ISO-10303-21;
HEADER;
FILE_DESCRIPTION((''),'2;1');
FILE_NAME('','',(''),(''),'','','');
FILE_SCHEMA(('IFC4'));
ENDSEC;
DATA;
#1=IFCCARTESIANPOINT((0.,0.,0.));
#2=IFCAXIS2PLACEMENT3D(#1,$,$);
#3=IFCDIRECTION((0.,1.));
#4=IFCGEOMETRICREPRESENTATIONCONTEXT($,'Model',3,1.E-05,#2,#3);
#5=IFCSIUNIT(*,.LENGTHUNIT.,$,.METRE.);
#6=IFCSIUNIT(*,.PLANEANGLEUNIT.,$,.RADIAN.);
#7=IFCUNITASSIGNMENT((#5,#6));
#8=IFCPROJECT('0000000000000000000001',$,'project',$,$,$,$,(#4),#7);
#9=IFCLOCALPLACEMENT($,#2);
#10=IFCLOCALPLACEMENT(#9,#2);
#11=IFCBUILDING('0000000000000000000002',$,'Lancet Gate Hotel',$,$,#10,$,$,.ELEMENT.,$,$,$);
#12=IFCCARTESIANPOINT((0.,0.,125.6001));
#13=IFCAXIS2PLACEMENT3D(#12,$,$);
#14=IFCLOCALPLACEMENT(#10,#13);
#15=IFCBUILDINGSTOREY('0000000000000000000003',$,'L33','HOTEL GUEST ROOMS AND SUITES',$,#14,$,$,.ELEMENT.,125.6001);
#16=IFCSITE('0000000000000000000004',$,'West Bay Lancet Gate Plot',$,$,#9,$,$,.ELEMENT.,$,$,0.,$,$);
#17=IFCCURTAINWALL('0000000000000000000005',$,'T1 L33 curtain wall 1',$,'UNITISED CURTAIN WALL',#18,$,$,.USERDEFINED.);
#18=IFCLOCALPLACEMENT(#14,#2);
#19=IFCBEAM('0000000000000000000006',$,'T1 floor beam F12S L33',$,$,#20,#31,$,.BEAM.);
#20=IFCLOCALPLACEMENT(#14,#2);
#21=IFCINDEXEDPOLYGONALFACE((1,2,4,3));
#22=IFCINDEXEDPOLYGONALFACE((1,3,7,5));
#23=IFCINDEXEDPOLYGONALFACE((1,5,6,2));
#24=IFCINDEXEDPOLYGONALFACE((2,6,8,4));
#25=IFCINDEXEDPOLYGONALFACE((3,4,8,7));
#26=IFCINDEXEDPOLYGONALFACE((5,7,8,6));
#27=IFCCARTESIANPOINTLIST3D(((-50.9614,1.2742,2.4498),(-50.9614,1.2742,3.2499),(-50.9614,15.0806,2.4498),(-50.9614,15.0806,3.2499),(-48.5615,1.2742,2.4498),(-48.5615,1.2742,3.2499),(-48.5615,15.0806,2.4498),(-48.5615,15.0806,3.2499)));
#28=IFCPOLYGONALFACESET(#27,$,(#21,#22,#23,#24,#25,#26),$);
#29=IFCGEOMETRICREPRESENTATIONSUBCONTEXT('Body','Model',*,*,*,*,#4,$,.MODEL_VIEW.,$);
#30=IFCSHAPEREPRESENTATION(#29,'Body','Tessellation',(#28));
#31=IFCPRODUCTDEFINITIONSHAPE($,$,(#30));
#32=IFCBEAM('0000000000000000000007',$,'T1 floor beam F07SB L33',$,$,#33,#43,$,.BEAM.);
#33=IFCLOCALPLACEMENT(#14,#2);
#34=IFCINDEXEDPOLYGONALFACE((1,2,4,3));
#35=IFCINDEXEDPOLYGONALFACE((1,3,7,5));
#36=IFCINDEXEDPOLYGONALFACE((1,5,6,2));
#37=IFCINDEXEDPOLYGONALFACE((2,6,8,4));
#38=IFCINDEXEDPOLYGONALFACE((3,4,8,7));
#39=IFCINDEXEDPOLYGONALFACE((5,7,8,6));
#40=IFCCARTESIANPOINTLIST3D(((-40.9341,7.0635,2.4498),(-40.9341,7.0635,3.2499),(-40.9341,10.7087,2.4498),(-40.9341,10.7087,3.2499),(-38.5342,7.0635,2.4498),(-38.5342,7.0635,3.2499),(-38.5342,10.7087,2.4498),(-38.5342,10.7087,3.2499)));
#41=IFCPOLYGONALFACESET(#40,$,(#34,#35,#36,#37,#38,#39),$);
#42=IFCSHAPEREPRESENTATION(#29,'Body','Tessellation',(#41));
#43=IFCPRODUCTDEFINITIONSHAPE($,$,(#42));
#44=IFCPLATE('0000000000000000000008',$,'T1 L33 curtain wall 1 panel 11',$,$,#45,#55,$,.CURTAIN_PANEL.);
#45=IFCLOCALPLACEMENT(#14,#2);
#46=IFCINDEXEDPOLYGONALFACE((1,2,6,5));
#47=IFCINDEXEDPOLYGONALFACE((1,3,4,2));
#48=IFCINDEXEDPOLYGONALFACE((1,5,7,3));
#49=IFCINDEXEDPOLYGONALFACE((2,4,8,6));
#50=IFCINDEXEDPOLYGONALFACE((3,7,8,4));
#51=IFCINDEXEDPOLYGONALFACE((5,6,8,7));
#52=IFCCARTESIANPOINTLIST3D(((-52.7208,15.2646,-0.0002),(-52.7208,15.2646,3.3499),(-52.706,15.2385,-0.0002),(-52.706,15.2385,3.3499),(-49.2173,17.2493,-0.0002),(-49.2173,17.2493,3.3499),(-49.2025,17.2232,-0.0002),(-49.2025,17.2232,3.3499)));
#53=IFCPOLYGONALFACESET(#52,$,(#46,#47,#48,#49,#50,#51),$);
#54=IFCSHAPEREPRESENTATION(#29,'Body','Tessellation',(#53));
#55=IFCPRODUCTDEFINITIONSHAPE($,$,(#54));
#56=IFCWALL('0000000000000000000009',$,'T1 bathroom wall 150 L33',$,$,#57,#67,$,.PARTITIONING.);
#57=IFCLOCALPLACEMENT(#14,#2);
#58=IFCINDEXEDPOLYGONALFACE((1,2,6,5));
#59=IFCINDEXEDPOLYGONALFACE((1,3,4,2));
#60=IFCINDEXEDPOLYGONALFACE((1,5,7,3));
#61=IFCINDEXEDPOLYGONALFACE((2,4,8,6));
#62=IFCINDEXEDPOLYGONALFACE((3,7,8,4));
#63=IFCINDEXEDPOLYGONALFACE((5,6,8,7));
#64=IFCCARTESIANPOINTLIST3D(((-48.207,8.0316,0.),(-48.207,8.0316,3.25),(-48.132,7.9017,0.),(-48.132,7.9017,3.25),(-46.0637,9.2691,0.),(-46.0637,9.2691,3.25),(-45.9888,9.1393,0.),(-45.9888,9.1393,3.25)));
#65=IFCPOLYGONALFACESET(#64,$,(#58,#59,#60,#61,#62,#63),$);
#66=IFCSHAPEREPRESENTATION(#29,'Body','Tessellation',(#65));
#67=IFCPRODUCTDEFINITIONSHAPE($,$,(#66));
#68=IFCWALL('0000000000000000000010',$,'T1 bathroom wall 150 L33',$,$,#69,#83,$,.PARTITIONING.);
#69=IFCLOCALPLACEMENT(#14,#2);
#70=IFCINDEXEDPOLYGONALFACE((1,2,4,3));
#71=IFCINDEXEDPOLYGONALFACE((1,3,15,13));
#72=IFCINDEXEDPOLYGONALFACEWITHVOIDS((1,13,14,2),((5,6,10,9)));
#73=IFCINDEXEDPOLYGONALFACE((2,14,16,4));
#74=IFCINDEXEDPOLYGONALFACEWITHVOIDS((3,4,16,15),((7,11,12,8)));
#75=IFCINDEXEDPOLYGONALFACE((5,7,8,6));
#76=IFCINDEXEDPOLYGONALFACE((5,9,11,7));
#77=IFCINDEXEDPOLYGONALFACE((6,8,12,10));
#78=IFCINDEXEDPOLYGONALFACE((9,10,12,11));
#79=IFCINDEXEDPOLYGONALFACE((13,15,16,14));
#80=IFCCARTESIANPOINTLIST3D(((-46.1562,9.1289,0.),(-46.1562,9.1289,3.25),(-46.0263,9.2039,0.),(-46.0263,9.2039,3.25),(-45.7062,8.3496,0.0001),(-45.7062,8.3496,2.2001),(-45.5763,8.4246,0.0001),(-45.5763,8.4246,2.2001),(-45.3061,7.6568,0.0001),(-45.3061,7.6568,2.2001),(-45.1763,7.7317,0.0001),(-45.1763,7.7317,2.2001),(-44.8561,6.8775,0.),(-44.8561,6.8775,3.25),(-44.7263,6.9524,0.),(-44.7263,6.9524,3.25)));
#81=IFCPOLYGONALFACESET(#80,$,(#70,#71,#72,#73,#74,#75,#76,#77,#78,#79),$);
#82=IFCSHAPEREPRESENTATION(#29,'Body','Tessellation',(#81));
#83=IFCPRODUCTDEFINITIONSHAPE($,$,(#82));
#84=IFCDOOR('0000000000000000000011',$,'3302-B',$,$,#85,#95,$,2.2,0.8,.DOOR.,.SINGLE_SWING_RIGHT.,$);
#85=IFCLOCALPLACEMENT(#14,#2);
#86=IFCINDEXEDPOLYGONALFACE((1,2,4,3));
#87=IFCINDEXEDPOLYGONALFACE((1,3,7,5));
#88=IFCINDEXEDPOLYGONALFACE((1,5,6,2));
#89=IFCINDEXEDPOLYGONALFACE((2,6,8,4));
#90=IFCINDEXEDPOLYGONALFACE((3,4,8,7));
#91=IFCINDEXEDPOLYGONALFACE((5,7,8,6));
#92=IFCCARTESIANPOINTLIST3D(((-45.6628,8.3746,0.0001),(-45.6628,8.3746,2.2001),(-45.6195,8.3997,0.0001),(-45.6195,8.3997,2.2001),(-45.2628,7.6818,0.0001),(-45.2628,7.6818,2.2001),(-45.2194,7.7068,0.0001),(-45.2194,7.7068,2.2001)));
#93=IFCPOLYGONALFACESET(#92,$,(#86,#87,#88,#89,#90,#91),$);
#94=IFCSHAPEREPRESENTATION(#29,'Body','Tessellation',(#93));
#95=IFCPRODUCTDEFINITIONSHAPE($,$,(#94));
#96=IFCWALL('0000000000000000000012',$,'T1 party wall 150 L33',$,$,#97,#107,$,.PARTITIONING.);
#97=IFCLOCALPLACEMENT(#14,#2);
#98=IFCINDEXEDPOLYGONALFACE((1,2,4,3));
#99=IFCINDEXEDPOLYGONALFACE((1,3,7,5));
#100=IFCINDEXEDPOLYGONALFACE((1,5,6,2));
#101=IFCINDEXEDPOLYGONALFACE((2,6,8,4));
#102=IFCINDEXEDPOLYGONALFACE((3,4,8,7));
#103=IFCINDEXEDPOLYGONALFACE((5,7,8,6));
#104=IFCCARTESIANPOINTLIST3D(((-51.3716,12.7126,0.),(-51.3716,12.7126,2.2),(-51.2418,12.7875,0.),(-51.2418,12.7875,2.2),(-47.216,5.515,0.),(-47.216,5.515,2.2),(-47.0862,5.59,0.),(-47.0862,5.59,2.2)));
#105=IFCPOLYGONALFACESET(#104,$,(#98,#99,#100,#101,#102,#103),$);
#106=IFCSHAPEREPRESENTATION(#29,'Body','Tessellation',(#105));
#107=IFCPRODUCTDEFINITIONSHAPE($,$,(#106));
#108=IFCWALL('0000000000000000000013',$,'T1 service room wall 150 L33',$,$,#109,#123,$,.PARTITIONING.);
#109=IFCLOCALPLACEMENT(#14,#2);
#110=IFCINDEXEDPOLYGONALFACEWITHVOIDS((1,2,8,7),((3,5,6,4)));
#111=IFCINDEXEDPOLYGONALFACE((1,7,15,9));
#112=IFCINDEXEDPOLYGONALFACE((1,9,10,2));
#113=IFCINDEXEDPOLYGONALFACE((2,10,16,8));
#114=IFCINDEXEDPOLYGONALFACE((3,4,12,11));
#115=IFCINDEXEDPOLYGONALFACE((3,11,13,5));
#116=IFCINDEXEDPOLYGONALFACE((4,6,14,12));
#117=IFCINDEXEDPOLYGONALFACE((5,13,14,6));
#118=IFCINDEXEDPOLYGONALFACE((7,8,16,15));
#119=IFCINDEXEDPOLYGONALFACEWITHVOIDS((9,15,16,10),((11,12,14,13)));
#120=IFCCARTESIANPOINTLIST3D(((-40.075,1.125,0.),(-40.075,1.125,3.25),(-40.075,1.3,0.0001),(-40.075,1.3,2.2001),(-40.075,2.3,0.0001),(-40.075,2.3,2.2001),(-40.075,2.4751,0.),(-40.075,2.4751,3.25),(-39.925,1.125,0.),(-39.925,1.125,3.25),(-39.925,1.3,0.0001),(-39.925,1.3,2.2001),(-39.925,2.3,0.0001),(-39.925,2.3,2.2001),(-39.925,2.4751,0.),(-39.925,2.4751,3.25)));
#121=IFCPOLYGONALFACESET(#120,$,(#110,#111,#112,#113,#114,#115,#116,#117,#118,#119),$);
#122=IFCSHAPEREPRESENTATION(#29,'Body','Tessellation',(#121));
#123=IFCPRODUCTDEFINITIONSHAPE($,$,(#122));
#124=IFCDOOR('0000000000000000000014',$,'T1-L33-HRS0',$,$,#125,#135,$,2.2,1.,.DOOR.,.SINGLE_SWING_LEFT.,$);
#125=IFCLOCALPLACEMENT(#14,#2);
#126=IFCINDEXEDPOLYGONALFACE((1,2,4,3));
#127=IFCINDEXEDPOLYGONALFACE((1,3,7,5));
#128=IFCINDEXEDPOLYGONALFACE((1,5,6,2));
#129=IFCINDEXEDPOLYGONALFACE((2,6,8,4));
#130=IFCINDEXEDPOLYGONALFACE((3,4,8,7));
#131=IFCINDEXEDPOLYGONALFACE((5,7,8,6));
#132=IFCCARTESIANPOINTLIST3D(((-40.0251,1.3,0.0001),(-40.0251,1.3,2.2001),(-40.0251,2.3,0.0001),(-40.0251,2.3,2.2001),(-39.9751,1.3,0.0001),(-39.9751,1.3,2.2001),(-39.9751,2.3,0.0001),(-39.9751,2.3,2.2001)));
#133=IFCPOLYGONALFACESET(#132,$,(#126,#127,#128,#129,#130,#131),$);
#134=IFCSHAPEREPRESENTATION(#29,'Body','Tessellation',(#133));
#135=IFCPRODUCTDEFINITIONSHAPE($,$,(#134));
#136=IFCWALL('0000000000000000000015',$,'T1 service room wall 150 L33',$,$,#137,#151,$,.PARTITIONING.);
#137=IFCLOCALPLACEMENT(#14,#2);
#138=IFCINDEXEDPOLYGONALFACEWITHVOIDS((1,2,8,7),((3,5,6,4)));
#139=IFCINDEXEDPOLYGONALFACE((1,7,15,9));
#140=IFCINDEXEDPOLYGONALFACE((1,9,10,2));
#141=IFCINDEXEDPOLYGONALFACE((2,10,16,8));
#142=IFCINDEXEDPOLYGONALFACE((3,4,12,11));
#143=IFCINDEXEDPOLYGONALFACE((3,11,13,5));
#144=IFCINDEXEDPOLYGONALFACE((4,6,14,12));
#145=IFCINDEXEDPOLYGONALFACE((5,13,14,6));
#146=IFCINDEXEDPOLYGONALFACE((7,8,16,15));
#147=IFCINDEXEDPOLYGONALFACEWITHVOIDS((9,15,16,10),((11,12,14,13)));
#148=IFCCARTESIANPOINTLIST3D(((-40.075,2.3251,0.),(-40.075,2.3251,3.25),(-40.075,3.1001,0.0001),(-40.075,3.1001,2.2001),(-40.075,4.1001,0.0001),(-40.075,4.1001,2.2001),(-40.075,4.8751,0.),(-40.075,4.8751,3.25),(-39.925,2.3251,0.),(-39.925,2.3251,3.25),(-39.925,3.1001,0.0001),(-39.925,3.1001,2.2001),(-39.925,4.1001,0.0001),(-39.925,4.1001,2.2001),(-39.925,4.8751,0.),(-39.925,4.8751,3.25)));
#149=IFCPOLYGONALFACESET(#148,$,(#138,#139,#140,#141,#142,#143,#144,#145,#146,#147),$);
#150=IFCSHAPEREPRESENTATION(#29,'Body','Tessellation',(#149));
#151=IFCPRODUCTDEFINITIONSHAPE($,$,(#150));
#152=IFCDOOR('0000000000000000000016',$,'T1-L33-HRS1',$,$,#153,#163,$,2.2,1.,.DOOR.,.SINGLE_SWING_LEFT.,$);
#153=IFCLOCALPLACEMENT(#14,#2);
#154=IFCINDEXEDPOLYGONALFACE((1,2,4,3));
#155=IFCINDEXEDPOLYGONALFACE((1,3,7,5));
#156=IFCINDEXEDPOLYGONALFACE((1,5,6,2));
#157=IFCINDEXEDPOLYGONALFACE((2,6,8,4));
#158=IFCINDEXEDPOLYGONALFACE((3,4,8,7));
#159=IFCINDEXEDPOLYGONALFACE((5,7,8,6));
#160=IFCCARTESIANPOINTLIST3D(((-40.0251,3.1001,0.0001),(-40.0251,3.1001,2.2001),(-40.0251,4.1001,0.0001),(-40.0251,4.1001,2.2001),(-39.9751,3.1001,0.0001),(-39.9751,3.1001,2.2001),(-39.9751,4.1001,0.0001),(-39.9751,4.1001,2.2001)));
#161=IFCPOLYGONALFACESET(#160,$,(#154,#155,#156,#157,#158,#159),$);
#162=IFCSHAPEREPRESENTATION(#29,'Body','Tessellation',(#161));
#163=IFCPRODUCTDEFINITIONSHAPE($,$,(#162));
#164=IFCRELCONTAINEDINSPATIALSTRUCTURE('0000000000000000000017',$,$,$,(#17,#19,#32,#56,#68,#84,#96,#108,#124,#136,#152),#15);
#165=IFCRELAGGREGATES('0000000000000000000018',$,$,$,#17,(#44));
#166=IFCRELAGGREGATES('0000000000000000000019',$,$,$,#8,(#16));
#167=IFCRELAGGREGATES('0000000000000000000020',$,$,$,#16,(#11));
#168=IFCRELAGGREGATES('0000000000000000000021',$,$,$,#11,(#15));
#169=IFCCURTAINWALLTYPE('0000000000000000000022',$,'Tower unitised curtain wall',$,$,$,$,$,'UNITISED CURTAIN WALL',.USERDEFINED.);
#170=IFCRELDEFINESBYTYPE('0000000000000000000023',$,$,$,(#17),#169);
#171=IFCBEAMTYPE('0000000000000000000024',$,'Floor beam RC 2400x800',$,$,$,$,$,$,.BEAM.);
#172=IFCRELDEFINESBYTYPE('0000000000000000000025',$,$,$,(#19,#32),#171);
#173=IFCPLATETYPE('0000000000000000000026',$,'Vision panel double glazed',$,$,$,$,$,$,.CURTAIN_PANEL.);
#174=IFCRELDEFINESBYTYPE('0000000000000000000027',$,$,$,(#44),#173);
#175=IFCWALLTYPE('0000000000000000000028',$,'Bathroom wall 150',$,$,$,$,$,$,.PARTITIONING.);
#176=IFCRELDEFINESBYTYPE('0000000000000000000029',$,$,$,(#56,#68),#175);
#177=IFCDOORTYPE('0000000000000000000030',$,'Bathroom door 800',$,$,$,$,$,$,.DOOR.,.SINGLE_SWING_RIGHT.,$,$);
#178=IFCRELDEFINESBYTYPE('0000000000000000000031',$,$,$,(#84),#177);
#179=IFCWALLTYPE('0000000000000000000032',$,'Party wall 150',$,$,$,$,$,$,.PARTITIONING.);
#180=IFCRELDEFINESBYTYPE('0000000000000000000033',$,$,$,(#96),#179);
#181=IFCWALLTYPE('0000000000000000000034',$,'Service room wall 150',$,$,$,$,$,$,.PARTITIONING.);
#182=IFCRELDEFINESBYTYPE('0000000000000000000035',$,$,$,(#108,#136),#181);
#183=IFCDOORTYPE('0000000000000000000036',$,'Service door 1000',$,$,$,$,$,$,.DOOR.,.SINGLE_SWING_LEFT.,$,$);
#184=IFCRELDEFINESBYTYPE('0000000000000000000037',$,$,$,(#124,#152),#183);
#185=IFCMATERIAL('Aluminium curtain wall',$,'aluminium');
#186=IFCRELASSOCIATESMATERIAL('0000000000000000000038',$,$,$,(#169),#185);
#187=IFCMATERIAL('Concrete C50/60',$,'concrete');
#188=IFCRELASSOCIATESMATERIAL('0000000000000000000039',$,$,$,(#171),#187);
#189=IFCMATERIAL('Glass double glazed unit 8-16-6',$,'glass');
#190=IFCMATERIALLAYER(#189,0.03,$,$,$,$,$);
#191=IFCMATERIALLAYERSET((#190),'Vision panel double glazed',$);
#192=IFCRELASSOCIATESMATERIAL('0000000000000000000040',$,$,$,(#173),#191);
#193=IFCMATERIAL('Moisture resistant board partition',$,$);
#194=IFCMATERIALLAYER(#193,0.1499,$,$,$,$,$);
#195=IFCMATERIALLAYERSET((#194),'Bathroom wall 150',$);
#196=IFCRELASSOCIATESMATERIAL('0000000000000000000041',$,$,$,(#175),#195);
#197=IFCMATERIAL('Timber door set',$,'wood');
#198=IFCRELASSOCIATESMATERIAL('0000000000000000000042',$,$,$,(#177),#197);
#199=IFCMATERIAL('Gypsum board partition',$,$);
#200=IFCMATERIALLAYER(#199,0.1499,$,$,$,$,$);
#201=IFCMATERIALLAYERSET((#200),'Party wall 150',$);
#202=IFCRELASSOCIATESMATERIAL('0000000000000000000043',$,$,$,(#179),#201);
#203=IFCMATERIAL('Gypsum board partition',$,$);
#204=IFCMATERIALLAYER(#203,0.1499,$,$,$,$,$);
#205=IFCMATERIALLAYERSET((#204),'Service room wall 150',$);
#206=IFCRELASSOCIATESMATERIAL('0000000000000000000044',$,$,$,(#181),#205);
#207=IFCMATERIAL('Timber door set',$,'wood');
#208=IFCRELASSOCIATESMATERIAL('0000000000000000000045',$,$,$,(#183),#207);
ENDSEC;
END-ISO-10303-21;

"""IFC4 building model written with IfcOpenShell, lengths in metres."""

from ifc_helpers import new_model, si_unit, direction, frame, frame_2d, origin, origin_2d, place, context, subcontext, project, spatial, rectangle, extrude, material, layer, layer_set, material_profile, profile_set, type_object, element, fill, aggregate, save


model = new_model("IFC4")

# Units and contexts
model_context = context("Model", 3, precision=1e-05, world=origin(), true_north=direction((0.0, 1.0)))
body_context = subcontext(model_context, "Body", "Model", "MODEL_VIEW")
ifc_project = project(units=[si_unit("LENGTHUNIT", "METRE"), si_unit("PLANEANGLEUNIT", "RADIAN")], contexts=[model_context])

# Site, building, storey
site_placement = place(None, origin())
site = spatial("IfcSite", under=ifc_project, at=site_placement, Name="West Bay Lancet Gate Plot", CompositionType="ELEMENT", RefElevation=0.0)
building_placement = place(site_placement, origin())
building = spatial("IfcBuilding", under=site, at=building_placement, Name="Lancet Gate Hotel", CompositionType="ELEMENT")
storey_placement = place(building_placement, frame((0.0, 0.0, 125.6001)))
storey = spatial("IfcBuildingStorey", under=building, at=storey_placement, Name="L33", Description="HOTEL GUEST ROOMS AND SUITES", CompositionType="ELEMENT", Elevation=125.6001)

# Curtain wall
ifc_material_1 = material(Name="Aluminium curtain wall", Category="aluminium")
curtain_wall_type = type_object("IfcCurtainWallType", Name="Tower unitised curtain wall", ElementType="UNITISED CURTAIN WALL", PredefinedType="USERDEFINED", material=ifc_material_1)
curtain_wall_placement = place(storey_placement, origin())
curtain_wall = element("IfcCurtainWall", 1, at=curtain_wall_placement, inside=storey, type_object=curtain_wall_type, Name="T1 L33 curtain wall 1", ObjectType="UNITISED CURTAIN WALL", PredefinedType="USERDEFINED")

# Beams
ifc_material_2 = material(Name="Concrete C50/60", Category="concrete")
ifc_material_profile_1 = material_profile(ifc_material_2, rectangle(XDim=2.3999, YDim=0.8, at=origin_2d()), Name="RC 2400x800")
ifc_profile_set_1 = profile_set([ifc_material_profile_1], Name="Concrete C50/60")
beam_type_1 = type_object("IfcBeamType", Name="Floor beam RC 2400x800", PredefinedType="BEAM", material=ifc_profile_set_1)
beam_1_placement = place(storey_placement, frame((-49.7615, 15.0806, 2.8499), z_axis=(0.0, -1.0, 0.0), x_axis=(1.0, 0.0, 0.0)))
element("IfcBeam", 2, at=beam_1_placement, inside=storey, type_object=beam_type_1, Name="T1 floor beam F12S L33", PredefinedType="BEAM", context=body_context, shape_type="SweptSolid", body=[
    extrude(rectangle(XDim=2.3999, YDim=0.8, at=origin_2d()), origin(), (0.0, 0.0, 1.0), 13.8064),
])
beam_2_placement = place(storey_placement, frame((-39.7341, 10.7087, 2.8499), z_axis=(0.0, -1.0, 0.0), x_axis=(1.0, 0.0, 0.0)))
element("IfcBeam", 3, at=beam_2_placement, inside=storey, type_object=beam_type_1, Name="T1 floor beam F07SB L33", PredefinedType="BEAM", context=body_context, shape_type="SweptSolid", body=[
    extrude(rectangle(XDim=2.3999, YDim=0.8, at=origin_2d()), origin(), (0.0, 0.0, 1.0), 3.6453),
])

# Plate
ifc_material_3 = material(Name="Glass double glazed unit 8-16-6", Category="glass")
ifc_layer_1 = layer(ifc_material_3, 0.03)
ifc_layer_set_1 = layer_set([ifc_layer_1], Name="Vision panel double glazed")
plate_type = type_object("IfcPlateType", Name="Vision panel double glazed", PredefinedType="CURTAIN_PANEL", material=ifc_layer_set_1)
plate_placement = place(storey_placement, frame((-50.9617, 16.2439, -0.0002), z_axis=(0.0, 0.0, 1.0), x_axis=(-0.870084, -0.492904, 0.0)))
plate = element("IfcPlate", 4, at=plate_placement, type_object=plate_type, Name="T1 L33 curtain wall 1 panel 11", PredefinedType="CURTAIN_PANEL", context=body_context, shape_type="SweptSolid", body=[
    extrude(rectangle(XDim=4.0266, YDim=0.03, at=origin_2d()), origin(), (0.0, 0.0, 1.0), 3.3501),
])
aggregate(curtain_wall, [plate])

# Wall
ifc_material_4 = material(Name="Moisture resistant board partition")
ifc_layer_2 = layer(ifc_material_4, 0.1499)
ifc_layer_set_2 = layer_set([ifc_layer_2], Name="Bathroom wall 150")
wall_type_1 = type_object("IfcWallType", Name="Bathroom wall 150", PredefinedType="PARTITIONING", material=ifc_layer_set_2)
wall_1_placement = place(storey_placement, frame((-46.0264, 9.2041, 0.0), z_axis=(0.0, 0.0, 1.0), x_axis=(-0.866007, -0.500033, 0.0)))
element("IfcWall", 5, at=wall_1_placement, inside=storey, type_object=wall_type_1, Name="T1 bathroom wall 150 L33", PredefinedType="PARTITIONING", context=body_context, shape_type="SweptSolid", body=[
    extrude(rectangle(XDim=2.4749, YDim=0.1499, at=frame_2d((1.2373, 0.0))), origin(), (0.0, 0.0, 1.0), 3.25),
])

# Wall, opening, door
wall_2_placement = place(storey_placement, frame((-44.7913, 6.915, 0.0), z_axis=(0.0, 0.0, 1.0), x_axis=(-0.500048, 0.865998, 0.0)))
wall_2 = element("IfcWall", 6, at=wall_2_placement, inside=storey, type_object=wall_type_1, Name="T1 bathroom wall 150 L33", PredefinedType="PARTITIONING", context=body_context, shape_type="SweptSolid", body=[
    extrude(rectangle(XDim=2.5999, YDim=0.1499, at=frame_2d((1.2998, 0.0))), origin(), (0.0, 0.0, 1.0), 3.25),
])
opening_1_placement = place(wall_2_placement, frame((0.8999, 0.0, 0.0)))
opening_1 = element("IfcOpeningElement", 7, at=opening_1_placement, cuts=wall_2, PredefinedType="OPENING", context=body_context, shape_type="SweptSolid", body=[
    extrude(rectangle(XDim=0.8, YDim=2.2, at=frame_2d((0.3999, 1.1001))), frame((0.0, 0.085, 0.0), z_axis=(0.0, -1.0, 0.0), x_axis=(1.0, 0.0, 0.0)), (0.0, 0.0, 1.0), 0.1699),
])
ifc_material_5 = material(Name="Timber door set", Category="wood")
door_type_1 = type_object("IfcDoorType", Name="Bathroom door 800", OperationType="SINGLE_SWING_RIGHT", PredefinedType="DOOR", material=ifc_material_5)
door_1_placement = place(opening_1_placement, origin())
door_1 = element("IfcDoor", 8, at=door_1_placement, inside=storey, type_object=door_type_1, Name="3302-B", OperationType="SINGLE_SWING_RIGHT", OverallHeight=2.2, OverallWidth=0.8, PredefinedType="DOOR", context=body_context, shape_type="SweptSolid", body=[
    extrude(rectangle(XDim=0.8, YDim=2.2, at=frame_2d((0.3999, 1.1001))), frame((0.0, 0.0249, 0.0), z_axis=(0.0, -1.0, 0.0), x_axis=(1.0, 0.0, 0.0)), (0.0, 0.0, 1.0), 0.05),
])
fill(opening_1, door_1)

# Wall
ifc_material_6 = material(Name="Gypsum board partition")
ifc_layer_3 = layer(ifc_material_6, 0.1499)
ifc_layer_set_3 = layer_set([ifc_layer_3], Name="Party wall 150")
wall_type_2 = type_object("IfcWallType", Name="Party wall 150", PredefinedType="PARTITIONING", material=ifc_layer_set_3)
wall_3_placement = place(storey_placement, frame((-47.1511, 5.5525, 0.0), z_axis=(0.0, 0.0, 1.0), x_axis=(-0.500003, 0.866024, 0.0)))
element("IfcWall", 9, at=wall_3_placement, inside=storey, type_object=wall_type_2, Name="T1 party wall 150 L33", PredefinedType="PARTITIONING", context=body_context, shape_type="SweptSolid", body=[
    extrude(rectangle(XDim=8.311, YDim=0.1499, at=frame_2d((4.1555, 0.0))), origin(), (0.0, 0.0, 1.0), 2.2),
])

# Walls, openings, doors
ifc_material_7 = material(Name="Gypsum board partition")
ifc_layer_4 = layer(ifc_material_7, 0.1499)
ifc_layer_set_4 = layer_set([ifc_layer_4], Name="Service room wall 150")
wall_type_3 = type_object("IfcWallType", Name="Service room wall 150", PredefinedType="PARTITIONING", material=ifc_layer_set_4)
wall_4_placement = place(storey_placement, frame((-40.0, 2.4751, 0.0), z_axis=(0.0, 0.0, 1.0), x_axis=(0.0, -1.0, 0.0)))
wall_4 = element("IfcWall", 10, at=wall_4_placement, inside=storey, type_object=wall_type_3, Name="T1 service room wall 150 L33", PredefinedType="PARTITIONING", context=body_context, shape_type="SweptSolid", body=[
    extrude(rectangle(XDim=1.3501, YDim=0.1499, at=frame_2d((0.675, 0.0))), origin(), (0.0, 0.0, 1.0), 3.25),
])
opening_2_placement = place(wall_4_placement, frame((0.175, 0.0, 0.0)))
opening_2 = element("IfcOpeningElement", 11, at=opening_2_placement, cuts=wall_4, PredefinedType="OPENING", context=body_context, shape_type="SweptSolid", body=[
    extrude(rectangle(XDim=1.0, YDim=2.2, at=frame_2d((0.5, 1.1001))), frame((0.0, 0.085, 0.0), z_axis=(0.0, -1.0, 0.0), x_axis=(1.0, 0.0, 0.0)), (0.0, 0.0, 1.0), 0.1699),
])
ifc_material_8 = material(Name="Timber door set", Category="wood")
door_type_2 = type_object("IfcDoorType", Name="Service door 1000", OperationType="SINGLE_SWING_LEFT", PredefinedType="DOOR", material=ifc_material_8)
door_2_placement = place(opening_2_placement, origin())
door_2 = element("IfcDoor", 12, at=door_2_placement, inside=storey, type_object=door_type_2, Name="T1-L33-HRS0", OperationType="SINGLE_SWING_LEFT", OverallHeight=2.2, OverallWidth=1.0, PredefinedType="DOOR", context=body_context, shape_type="SweptSolid", body=[
    extrude(rectangle(XDim=1.0, YDim=2.2, at=frame_2d((0.5, 1.1001))), frame((0.0, 0.0249, 0.0), z_axis=(0.0, -1.0, 0.0), x_axis=(1.0, 0.0, 0.0)), (0.0, 0.0, 1.0), 0.05),
])
fill(opening_2, door_2)
wall_5_placement = place(storey_placement, frame((-40.0, 4.875, 0.0), z_axis=(0.0, 0.0, 1.0), x_axis=(0.0, -1.0, 0.0)))
wall_5 = element("IfcWall", 13, at=wall_5_placement, inside=storey, type_object=wall_type_3, Name="T1 service room wall 150 L33", PredefinedType="PARTITIONING", context=body_context, shape_type="SweptSolid", body=[
    extrude(rectangle(XDim=2.55, YDim=0.1499, at=frame_2d((1.2749, 0.0))), origin(), (0.0, 0.0, 1.0), 3.25),
])
opening_3_placement = place(wall_5_placement, frame((0.7749, 0.0, 0.0)))
opening_3 = element("IfcOpeningElement", 14, at=opening_3_placement, cuts=wall_5, PredefinedType="OPENING", context=body_context, shape_type="SweptSolid", body=[
    extrude(rectangle(XDim=1.0, YDim=2.2, at=frame_2d((0.5, 1.1001))), frame((0.0, 0.085, 0.0), z_axis=(0.0, -1.0, 0.0), x_axis=(1.0, 0.0, 0.0)), (0.0, 0.0, 1.0), 0.1699),
])
door_3_placement = place(opening_3_placement, origin())
door_3 = element("IfcDoor", 15, at=door_3_placement, inside=storey, type_object=door_type_2, Name="T1-L33-HRS1", OperationType="SINGLE_SWING_LEFT", OverallHeight=2.2, OverallWidth=1.0, PredefinedType="DOOR", context=body_context, shape_type="SweptSolid", body=[
    extrude(rectangle(XDim=1.0, YDim=2.2, at=frame_2d((0.5, 1.1001))), frame((0.0, 0.0249, 0.0), z_axis=(0.0, -1.0, 0.0), x_axis=(1.0, 0.0, 0.0)), (0.0, 0.0, 1.0), 0.05),
])
fill(opening_3, door_3)

save(model, "model.ifc")
